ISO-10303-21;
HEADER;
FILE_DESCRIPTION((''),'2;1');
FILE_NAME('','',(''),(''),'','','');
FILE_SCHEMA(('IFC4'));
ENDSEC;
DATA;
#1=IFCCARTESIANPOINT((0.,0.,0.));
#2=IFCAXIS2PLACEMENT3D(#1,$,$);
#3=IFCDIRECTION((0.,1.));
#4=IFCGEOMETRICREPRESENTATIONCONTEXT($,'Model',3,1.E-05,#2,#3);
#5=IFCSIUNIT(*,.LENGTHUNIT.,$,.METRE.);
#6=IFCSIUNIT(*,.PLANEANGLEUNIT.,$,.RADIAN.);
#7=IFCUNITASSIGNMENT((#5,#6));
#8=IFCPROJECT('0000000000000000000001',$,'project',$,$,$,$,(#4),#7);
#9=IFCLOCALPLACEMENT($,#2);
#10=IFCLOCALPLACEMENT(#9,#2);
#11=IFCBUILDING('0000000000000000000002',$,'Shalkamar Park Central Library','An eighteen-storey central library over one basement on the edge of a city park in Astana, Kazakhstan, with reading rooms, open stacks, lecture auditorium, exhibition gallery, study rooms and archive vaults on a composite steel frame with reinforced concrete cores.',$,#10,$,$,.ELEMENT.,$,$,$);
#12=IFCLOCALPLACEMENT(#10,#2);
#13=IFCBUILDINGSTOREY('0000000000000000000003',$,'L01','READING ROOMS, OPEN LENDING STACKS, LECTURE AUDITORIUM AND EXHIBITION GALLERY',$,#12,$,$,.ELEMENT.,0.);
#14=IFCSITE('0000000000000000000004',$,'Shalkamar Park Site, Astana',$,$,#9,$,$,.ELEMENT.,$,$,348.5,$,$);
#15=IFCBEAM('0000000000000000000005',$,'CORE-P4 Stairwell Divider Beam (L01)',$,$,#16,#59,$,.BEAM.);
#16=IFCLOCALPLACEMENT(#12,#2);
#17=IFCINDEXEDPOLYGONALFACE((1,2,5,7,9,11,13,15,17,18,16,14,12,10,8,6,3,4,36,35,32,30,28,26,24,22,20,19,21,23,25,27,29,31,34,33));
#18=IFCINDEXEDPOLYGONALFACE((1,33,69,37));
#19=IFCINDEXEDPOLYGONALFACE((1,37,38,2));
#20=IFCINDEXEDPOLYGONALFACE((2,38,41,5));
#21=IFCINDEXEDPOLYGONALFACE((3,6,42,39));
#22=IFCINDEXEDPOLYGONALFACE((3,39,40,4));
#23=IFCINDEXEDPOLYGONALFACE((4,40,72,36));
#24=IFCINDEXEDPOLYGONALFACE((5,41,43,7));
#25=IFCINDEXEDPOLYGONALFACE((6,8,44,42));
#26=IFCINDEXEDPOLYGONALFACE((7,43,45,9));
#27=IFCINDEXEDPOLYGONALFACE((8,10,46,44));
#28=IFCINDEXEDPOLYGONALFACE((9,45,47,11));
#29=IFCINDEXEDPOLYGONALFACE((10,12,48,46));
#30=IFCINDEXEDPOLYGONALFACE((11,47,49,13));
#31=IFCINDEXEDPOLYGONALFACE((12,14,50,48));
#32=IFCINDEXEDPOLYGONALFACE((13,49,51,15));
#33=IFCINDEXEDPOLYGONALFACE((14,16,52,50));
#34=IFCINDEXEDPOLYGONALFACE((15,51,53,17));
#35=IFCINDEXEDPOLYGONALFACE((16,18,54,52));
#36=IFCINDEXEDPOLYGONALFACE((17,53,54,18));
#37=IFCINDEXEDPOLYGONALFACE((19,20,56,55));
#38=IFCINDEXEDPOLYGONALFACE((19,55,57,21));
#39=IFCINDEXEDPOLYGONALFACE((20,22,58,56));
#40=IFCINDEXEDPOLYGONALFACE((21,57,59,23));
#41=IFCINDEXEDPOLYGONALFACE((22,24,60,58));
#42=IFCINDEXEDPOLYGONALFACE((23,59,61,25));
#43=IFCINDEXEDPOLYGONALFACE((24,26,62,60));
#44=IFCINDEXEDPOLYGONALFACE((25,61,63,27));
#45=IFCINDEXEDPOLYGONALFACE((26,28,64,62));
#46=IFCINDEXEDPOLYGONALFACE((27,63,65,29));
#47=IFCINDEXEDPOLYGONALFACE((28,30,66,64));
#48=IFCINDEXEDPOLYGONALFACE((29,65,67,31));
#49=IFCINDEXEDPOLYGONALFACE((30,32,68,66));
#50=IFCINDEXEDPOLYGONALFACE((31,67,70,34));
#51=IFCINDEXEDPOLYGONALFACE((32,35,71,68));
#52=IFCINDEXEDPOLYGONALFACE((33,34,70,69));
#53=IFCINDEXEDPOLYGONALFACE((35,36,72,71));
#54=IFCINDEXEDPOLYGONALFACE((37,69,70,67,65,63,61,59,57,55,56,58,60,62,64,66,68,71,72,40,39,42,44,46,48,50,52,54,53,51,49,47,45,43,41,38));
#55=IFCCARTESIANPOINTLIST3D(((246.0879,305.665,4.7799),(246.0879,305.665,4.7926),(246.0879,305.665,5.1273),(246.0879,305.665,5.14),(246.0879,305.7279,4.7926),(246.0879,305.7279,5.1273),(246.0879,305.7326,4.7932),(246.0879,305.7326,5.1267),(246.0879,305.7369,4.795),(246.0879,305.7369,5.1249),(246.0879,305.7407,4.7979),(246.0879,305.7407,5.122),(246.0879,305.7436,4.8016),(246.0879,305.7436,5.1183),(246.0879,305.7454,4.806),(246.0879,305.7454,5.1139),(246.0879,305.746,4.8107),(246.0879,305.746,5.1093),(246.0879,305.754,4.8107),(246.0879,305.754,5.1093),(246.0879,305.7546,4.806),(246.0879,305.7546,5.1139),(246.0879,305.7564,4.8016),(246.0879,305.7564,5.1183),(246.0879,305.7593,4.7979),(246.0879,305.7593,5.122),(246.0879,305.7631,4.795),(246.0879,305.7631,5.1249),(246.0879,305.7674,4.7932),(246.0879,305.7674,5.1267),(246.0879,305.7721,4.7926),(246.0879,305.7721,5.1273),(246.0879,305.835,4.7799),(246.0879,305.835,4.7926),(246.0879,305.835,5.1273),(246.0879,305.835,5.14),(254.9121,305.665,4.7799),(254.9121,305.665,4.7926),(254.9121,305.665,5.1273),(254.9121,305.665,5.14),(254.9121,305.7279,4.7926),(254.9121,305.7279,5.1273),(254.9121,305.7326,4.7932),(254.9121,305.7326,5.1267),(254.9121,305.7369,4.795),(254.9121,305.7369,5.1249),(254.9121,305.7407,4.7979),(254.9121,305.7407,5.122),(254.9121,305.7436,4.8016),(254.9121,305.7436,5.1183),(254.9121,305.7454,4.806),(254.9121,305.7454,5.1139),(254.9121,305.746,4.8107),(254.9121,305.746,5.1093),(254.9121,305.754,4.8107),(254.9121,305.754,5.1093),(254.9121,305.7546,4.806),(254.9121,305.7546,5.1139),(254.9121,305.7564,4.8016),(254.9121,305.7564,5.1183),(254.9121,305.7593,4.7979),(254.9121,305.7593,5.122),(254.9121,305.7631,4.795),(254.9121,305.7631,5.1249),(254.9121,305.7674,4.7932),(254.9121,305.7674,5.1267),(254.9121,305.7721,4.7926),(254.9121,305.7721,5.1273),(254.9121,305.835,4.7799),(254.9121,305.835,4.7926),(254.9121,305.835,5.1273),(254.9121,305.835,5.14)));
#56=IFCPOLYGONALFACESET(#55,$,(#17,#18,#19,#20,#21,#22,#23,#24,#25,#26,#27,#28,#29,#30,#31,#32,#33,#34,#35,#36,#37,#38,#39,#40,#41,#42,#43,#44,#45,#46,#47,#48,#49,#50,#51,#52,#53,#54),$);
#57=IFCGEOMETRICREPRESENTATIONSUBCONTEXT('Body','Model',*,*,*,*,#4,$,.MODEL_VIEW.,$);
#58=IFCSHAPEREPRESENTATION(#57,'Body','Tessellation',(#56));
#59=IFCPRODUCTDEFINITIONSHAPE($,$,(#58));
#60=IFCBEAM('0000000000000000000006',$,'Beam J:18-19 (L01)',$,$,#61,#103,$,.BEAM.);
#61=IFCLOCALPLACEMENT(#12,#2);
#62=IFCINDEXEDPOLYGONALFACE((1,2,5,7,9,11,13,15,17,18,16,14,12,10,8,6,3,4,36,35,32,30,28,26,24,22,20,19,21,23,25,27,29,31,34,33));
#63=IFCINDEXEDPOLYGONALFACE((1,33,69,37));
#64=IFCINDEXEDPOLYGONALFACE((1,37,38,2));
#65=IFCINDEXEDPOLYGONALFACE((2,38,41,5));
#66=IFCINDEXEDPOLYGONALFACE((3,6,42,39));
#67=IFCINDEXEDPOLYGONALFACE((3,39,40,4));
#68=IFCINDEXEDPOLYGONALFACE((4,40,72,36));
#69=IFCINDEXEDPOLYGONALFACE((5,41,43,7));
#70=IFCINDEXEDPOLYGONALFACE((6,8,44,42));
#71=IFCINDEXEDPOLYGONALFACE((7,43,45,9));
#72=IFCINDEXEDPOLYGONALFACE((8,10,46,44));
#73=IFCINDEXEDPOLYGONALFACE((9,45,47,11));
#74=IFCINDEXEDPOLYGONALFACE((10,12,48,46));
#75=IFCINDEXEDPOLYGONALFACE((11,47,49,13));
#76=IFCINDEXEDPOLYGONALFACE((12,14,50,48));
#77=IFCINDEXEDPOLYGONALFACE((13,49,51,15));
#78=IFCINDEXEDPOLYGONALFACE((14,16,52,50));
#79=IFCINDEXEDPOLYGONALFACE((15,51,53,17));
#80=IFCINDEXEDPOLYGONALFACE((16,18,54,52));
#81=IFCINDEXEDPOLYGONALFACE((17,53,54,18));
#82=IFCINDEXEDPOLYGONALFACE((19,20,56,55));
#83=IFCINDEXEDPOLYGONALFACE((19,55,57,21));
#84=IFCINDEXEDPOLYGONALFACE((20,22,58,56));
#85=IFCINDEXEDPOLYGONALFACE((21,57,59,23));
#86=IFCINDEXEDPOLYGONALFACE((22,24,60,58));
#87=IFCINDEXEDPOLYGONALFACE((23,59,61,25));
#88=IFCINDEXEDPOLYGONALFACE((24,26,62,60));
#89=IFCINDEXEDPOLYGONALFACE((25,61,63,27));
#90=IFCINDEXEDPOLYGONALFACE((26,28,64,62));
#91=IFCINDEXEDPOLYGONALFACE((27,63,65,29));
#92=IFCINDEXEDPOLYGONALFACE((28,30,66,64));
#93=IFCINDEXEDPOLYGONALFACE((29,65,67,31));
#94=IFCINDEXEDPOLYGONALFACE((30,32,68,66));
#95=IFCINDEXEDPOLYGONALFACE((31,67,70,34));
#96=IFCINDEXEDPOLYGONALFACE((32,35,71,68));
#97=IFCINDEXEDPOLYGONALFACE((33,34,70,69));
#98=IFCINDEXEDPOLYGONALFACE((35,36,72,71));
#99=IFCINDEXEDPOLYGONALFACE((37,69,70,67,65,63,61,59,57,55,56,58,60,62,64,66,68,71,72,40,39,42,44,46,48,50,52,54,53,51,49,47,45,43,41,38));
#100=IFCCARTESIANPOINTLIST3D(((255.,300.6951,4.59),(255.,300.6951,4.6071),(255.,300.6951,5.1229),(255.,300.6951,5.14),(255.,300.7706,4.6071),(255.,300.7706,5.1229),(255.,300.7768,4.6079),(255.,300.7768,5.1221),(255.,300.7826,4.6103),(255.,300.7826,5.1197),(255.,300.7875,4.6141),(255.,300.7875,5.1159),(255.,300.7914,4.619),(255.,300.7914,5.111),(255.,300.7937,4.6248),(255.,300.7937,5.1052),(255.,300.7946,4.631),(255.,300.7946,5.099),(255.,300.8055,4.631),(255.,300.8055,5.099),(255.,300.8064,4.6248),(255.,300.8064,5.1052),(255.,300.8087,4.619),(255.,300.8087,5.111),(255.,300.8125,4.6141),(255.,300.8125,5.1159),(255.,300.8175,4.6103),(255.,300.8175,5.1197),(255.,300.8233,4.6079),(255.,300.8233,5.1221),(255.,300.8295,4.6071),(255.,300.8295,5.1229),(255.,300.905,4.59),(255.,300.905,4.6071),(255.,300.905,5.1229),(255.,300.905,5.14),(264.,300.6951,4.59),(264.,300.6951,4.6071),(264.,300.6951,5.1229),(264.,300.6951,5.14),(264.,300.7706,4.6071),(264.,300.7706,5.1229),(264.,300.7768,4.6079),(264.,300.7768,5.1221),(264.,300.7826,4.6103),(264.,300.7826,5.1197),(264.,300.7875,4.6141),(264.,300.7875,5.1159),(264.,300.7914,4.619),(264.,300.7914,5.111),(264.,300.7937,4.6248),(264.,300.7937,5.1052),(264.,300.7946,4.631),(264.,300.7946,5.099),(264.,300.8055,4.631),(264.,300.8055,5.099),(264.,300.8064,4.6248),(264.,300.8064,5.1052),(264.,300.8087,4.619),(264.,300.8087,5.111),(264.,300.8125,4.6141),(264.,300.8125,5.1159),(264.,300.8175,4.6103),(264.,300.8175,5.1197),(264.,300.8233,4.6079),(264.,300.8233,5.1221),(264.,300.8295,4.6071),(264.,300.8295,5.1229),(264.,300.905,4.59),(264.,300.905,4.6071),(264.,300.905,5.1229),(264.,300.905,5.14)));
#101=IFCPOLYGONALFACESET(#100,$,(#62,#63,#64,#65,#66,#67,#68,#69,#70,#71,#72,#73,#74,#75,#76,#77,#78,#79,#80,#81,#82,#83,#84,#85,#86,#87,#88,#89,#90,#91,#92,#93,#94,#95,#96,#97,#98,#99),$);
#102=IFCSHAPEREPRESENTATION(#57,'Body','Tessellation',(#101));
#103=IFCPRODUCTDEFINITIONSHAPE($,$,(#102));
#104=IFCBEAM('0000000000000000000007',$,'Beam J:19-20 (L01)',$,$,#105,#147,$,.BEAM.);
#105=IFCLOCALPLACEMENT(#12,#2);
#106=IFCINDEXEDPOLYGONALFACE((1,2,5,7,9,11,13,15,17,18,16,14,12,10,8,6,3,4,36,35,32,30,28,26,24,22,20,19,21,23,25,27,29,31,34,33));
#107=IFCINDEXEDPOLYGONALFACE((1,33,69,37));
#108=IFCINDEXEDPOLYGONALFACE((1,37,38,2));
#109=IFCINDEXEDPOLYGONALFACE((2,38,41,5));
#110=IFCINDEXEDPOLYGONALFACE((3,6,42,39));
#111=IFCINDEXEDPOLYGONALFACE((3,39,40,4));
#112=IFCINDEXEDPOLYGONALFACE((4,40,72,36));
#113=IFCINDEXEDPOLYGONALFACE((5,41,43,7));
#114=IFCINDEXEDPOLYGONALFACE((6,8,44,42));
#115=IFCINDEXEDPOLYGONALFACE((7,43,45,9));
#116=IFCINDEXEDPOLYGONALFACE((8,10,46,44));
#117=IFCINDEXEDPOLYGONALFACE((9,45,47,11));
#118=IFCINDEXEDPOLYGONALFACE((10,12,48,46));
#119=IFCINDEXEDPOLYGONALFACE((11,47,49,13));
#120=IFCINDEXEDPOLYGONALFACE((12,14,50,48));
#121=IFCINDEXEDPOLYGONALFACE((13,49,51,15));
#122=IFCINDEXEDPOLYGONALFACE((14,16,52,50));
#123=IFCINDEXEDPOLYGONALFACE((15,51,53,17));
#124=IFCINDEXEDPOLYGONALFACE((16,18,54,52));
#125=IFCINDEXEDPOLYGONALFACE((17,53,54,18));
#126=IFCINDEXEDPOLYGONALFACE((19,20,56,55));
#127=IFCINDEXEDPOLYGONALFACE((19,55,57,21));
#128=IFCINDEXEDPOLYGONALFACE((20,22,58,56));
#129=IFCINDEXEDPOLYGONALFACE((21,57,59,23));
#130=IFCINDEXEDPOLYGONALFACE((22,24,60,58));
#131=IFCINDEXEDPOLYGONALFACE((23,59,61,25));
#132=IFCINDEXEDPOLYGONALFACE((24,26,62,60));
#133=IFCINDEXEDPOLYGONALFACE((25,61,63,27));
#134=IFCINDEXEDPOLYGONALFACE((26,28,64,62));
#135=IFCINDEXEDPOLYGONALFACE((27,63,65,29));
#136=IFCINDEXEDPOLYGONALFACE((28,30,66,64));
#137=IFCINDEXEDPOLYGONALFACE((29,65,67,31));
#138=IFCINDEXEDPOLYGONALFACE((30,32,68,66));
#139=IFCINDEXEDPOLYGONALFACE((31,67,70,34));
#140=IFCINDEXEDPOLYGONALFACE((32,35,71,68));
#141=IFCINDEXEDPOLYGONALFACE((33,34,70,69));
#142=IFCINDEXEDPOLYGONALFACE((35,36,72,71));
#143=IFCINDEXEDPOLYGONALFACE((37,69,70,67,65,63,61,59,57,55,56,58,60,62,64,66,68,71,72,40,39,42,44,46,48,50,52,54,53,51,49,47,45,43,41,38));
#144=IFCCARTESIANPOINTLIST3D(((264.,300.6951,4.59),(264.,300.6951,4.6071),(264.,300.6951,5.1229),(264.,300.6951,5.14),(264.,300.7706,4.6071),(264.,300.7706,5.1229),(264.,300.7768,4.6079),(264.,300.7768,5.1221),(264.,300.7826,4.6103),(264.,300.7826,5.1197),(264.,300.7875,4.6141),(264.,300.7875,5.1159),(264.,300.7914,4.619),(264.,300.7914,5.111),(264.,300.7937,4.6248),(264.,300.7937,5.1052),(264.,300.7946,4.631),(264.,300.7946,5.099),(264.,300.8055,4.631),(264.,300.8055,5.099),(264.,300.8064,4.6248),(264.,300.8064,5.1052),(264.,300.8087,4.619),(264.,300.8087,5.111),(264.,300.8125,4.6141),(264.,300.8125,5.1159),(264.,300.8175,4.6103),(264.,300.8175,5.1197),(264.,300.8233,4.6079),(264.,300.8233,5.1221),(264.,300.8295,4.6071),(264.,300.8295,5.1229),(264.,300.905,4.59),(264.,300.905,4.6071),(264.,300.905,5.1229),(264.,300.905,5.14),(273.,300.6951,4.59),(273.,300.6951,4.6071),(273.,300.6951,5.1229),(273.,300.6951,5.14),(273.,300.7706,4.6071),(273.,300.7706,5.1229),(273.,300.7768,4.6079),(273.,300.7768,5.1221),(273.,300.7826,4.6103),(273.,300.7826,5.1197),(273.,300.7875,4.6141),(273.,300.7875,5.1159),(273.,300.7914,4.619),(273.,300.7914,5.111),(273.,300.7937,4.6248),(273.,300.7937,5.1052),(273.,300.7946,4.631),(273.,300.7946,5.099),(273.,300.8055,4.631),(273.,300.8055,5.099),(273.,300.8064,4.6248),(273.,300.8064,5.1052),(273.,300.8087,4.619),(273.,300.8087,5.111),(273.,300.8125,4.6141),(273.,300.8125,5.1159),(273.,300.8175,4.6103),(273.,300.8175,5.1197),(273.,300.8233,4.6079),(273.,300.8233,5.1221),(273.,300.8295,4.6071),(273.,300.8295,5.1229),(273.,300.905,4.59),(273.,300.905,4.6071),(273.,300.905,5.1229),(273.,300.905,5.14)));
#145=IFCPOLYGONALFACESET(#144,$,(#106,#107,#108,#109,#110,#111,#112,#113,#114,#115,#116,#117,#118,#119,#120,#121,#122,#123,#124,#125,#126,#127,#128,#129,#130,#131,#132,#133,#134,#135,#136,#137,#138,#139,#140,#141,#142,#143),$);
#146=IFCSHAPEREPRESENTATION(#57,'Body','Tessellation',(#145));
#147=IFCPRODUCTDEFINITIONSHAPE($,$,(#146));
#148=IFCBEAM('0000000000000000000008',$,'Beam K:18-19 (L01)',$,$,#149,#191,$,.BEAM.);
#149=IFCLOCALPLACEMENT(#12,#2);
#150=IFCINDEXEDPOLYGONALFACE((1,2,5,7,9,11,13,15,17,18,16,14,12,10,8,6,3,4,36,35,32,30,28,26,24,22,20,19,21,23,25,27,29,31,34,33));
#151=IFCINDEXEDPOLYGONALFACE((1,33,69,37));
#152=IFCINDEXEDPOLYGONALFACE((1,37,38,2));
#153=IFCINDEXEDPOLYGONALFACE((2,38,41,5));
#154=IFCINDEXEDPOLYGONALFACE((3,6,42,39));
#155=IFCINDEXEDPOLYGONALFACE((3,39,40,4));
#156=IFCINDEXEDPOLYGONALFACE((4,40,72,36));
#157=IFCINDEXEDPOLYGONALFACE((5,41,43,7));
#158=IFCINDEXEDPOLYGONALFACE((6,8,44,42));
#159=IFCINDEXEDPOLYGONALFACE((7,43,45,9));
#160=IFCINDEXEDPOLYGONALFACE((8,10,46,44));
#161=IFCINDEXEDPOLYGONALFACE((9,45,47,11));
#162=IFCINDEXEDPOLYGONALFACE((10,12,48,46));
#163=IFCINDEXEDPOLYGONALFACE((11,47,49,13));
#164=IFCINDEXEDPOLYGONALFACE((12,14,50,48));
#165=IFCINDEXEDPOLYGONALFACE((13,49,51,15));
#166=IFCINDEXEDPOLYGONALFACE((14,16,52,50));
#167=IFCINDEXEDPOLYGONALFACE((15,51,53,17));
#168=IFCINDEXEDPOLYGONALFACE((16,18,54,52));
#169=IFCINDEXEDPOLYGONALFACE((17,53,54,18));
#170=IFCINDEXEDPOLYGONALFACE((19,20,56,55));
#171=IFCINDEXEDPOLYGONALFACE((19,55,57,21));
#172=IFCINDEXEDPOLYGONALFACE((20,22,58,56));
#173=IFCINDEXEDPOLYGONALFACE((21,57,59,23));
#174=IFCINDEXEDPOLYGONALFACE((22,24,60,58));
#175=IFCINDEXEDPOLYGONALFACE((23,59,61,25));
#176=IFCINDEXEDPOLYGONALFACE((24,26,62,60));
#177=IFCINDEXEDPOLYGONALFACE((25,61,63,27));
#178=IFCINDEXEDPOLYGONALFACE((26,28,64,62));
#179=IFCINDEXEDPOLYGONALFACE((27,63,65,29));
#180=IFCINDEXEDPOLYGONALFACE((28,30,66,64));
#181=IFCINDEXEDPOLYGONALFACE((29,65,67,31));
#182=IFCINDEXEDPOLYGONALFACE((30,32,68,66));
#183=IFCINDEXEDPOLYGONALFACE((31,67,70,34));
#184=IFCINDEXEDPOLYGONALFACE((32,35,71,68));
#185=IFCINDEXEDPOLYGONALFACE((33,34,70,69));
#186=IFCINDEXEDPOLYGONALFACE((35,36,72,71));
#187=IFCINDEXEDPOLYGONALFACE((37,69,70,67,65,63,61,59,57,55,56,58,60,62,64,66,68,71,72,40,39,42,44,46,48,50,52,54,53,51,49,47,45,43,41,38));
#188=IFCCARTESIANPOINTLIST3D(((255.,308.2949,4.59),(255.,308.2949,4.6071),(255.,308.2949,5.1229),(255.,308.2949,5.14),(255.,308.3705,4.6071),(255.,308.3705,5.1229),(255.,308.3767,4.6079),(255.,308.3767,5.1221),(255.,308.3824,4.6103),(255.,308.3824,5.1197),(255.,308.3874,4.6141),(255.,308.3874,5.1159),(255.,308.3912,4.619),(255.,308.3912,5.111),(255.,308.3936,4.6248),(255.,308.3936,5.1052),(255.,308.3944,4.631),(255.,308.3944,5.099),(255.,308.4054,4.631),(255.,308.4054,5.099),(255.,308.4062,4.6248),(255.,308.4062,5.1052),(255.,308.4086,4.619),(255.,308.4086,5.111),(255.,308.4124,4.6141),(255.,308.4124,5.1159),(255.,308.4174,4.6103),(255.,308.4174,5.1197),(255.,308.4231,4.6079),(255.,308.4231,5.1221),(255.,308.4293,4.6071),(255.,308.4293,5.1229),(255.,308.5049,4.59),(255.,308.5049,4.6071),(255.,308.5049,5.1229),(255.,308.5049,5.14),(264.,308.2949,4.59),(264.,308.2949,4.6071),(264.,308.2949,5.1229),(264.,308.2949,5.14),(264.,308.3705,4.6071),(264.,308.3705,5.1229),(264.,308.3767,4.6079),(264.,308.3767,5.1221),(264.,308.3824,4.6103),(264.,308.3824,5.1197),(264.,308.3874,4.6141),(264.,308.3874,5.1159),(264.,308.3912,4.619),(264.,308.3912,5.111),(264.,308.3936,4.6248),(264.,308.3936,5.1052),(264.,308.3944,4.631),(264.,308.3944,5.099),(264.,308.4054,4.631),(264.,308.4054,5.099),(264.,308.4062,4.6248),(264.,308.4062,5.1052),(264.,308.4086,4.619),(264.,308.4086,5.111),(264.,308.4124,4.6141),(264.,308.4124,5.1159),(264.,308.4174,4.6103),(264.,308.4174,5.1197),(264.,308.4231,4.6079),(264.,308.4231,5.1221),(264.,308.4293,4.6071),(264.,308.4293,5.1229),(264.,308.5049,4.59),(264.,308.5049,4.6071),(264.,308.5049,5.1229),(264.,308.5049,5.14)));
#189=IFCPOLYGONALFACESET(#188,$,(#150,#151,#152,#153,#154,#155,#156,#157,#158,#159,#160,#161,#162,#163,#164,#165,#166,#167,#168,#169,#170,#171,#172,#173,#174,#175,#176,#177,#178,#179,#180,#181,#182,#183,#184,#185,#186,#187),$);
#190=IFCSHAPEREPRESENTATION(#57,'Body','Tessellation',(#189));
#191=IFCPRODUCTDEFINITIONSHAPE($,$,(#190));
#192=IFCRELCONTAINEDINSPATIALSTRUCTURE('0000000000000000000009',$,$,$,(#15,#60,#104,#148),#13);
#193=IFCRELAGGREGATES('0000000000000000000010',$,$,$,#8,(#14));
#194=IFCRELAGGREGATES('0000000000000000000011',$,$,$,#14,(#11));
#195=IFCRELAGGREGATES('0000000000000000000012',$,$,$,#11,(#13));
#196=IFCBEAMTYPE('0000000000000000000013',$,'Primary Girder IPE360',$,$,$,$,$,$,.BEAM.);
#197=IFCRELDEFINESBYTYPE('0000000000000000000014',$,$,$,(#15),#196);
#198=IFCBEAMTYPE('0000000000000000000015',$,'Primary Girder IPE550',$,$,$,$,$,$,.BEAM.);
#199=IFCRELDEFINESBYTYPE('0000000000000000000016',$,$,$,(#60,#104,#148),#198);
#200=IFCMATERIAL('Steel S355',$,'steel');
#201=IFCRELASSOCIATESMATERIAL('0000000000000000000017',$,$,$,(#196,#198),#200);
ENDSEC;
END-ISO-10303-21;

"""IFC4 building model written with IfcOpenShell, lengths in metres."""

from ifc_helpers import new_model, si_unit, direction, frame, origin, origin_2d, place, context, subcontext, project, spatial, i_section, extrude, material, material_profile, profile_set, type_object, element, save


model = new_model("IFC4")

# Units and contexts
model_context = context("Model", 3, precision=1e-05, world=origin(), true_north=direction((0.0, 1.0)))
body_context = subcontext(model_context, "Body", "Model", "MODEL_VIEW")
ifc_project = project(units=[si_unit("LENGTHUNIT", "METRE"), si_unit("PLANEANGLEUNIT", "RADIAN")], contexts=[model_context])

# Site, building, storey
site_placement = place(None, origin())
site = spatial("IfcSite", under=ifc_project, at=site_placement, Name="Shalkamar Park Site, Astana", CompositionType="ELEMENT", RefElevation=348.5)
building_placement = place(site_placement, origin())
building = spatial("IfcBuilding", under=site, at=building_placement, Name="Shalkamar Park Central Library", Description="An eighteen-storey central library over one basement on the edge of a city park in Astana, Kazakhstan, with reading rooms, open stacks, lecture auditorium, exhibition gallery, study rooms and archive vaults on a composite steel frame with reinforced concrete cores.", CompositionType="ELEMENT")
storey_placement = place(building_placement, origin())
storey = spatial("IfcBuildingStorey", under=building, at=storey_placement, Name="L01", Description="READING ROOMS, OPEN LENDING STACKS, LECTURE AUDITORIUM AND EXHIBITION GALLERY", CompositionType="ELEMENT", Elevation=0.0)

# Shared definitions
ifc_material_1 = material(Name="Steel S355", Category="steel")

# Beams
ifc_material_profile_1 = material_profile(ifc_material_1, i_section(OverallWidth=0.1699, OverallDepth=0.3601, WebThickness=0.0081, FlangeThickness=0.0127, FilletRadius=0.0181, at=origin_2d()), Name="IPE 360")
ifc_profile_set_1 = profile_set([ifc_material_profile_1], Name="Steel S355")
beam_type_1 = type_object("IfcBeamType", Name="Primary Girder IPE360", PredefinedType="BEAM", material=ifc_profile_set_1)
beam_1_placement = place(storey_placement, frame((246.0879, 305.75, 4.96), z_axis=(1.0, 0.0, 0.0), x_axis=(0.0, 1.0, 0.0)))
element("IfcBeam", 1, at=beam_1_placement, inside=storey, type_object=beam_type_1, Name="CORE-P4 Stairwell Divider Beam (L01)", PredefinedType="BEAM", context=body_context, shape_type="SweptSolid", body=[
    extrude(i_section(OverallWidth=0.1699, OverallDepth=0.3601, WebThickness=0.0081, FlangeThickness=0.0127, FilletRadius=0.0181, at=origin_2d()), origin(), (0.0, 0.0, 1.0), 8.8242),
])
ifc_material_profile_2 = material_profile(ifc_material_1, i_section(OverallWidth=0.21, OverallDepth=0.55, WebThickness=0.011, FlangeThickness=0.0171, FilletRadius=0.0239, at=origin_2d()), Name="IPE 550")
ifc_profile_set_2 = profile_set([ifc_material_profile_2], Name="Steel S355")
beam_type_2 = type_object("IfcBeamType", Name="Primary Girder IPE550", PredefinedType="BEAM", material=ifc_profile_set_2)
for number, where, z_axis, x_axis, name in (
    (2, (255.0, 300.8, 4.865), (1.0, 0.0, 0.0), (0.0, 1.0, 0.0), "Beam J:18-19 (L01)"),
    (3, (264.0, 300.8, 4.865), (1.0, 0.0, 0.0), (0.0, 1.0, 0.0), "Beam J:19-20 (L01)"),
    (4, (255.0, 308.3999, 4.865), (1.0, 0.0, 0.0), (0.0, 1.0, 0.0), "Beam K:18-19 (L01)"),
):
    element("IfcBeam", number, at=place(storey_placement, frame(where, z_axis=z_axis, x_axis=x_axis)), inside=storey, type_object=beam_type_2, Name=name, PredefinedType="BEAM", context=body_context, shape_type="SweptSolid", body=[
        extrude(i_section(OverallWidth=0.21, OverallDepth=0.55, WebThickness=0.011, FlangeThickness=0.0171, FilletRadius=0.0239, at=origin_2d()), origin(), (0.0, 0.0, 1.0), 9.0),
    ])

save(model, "model.ifc")
